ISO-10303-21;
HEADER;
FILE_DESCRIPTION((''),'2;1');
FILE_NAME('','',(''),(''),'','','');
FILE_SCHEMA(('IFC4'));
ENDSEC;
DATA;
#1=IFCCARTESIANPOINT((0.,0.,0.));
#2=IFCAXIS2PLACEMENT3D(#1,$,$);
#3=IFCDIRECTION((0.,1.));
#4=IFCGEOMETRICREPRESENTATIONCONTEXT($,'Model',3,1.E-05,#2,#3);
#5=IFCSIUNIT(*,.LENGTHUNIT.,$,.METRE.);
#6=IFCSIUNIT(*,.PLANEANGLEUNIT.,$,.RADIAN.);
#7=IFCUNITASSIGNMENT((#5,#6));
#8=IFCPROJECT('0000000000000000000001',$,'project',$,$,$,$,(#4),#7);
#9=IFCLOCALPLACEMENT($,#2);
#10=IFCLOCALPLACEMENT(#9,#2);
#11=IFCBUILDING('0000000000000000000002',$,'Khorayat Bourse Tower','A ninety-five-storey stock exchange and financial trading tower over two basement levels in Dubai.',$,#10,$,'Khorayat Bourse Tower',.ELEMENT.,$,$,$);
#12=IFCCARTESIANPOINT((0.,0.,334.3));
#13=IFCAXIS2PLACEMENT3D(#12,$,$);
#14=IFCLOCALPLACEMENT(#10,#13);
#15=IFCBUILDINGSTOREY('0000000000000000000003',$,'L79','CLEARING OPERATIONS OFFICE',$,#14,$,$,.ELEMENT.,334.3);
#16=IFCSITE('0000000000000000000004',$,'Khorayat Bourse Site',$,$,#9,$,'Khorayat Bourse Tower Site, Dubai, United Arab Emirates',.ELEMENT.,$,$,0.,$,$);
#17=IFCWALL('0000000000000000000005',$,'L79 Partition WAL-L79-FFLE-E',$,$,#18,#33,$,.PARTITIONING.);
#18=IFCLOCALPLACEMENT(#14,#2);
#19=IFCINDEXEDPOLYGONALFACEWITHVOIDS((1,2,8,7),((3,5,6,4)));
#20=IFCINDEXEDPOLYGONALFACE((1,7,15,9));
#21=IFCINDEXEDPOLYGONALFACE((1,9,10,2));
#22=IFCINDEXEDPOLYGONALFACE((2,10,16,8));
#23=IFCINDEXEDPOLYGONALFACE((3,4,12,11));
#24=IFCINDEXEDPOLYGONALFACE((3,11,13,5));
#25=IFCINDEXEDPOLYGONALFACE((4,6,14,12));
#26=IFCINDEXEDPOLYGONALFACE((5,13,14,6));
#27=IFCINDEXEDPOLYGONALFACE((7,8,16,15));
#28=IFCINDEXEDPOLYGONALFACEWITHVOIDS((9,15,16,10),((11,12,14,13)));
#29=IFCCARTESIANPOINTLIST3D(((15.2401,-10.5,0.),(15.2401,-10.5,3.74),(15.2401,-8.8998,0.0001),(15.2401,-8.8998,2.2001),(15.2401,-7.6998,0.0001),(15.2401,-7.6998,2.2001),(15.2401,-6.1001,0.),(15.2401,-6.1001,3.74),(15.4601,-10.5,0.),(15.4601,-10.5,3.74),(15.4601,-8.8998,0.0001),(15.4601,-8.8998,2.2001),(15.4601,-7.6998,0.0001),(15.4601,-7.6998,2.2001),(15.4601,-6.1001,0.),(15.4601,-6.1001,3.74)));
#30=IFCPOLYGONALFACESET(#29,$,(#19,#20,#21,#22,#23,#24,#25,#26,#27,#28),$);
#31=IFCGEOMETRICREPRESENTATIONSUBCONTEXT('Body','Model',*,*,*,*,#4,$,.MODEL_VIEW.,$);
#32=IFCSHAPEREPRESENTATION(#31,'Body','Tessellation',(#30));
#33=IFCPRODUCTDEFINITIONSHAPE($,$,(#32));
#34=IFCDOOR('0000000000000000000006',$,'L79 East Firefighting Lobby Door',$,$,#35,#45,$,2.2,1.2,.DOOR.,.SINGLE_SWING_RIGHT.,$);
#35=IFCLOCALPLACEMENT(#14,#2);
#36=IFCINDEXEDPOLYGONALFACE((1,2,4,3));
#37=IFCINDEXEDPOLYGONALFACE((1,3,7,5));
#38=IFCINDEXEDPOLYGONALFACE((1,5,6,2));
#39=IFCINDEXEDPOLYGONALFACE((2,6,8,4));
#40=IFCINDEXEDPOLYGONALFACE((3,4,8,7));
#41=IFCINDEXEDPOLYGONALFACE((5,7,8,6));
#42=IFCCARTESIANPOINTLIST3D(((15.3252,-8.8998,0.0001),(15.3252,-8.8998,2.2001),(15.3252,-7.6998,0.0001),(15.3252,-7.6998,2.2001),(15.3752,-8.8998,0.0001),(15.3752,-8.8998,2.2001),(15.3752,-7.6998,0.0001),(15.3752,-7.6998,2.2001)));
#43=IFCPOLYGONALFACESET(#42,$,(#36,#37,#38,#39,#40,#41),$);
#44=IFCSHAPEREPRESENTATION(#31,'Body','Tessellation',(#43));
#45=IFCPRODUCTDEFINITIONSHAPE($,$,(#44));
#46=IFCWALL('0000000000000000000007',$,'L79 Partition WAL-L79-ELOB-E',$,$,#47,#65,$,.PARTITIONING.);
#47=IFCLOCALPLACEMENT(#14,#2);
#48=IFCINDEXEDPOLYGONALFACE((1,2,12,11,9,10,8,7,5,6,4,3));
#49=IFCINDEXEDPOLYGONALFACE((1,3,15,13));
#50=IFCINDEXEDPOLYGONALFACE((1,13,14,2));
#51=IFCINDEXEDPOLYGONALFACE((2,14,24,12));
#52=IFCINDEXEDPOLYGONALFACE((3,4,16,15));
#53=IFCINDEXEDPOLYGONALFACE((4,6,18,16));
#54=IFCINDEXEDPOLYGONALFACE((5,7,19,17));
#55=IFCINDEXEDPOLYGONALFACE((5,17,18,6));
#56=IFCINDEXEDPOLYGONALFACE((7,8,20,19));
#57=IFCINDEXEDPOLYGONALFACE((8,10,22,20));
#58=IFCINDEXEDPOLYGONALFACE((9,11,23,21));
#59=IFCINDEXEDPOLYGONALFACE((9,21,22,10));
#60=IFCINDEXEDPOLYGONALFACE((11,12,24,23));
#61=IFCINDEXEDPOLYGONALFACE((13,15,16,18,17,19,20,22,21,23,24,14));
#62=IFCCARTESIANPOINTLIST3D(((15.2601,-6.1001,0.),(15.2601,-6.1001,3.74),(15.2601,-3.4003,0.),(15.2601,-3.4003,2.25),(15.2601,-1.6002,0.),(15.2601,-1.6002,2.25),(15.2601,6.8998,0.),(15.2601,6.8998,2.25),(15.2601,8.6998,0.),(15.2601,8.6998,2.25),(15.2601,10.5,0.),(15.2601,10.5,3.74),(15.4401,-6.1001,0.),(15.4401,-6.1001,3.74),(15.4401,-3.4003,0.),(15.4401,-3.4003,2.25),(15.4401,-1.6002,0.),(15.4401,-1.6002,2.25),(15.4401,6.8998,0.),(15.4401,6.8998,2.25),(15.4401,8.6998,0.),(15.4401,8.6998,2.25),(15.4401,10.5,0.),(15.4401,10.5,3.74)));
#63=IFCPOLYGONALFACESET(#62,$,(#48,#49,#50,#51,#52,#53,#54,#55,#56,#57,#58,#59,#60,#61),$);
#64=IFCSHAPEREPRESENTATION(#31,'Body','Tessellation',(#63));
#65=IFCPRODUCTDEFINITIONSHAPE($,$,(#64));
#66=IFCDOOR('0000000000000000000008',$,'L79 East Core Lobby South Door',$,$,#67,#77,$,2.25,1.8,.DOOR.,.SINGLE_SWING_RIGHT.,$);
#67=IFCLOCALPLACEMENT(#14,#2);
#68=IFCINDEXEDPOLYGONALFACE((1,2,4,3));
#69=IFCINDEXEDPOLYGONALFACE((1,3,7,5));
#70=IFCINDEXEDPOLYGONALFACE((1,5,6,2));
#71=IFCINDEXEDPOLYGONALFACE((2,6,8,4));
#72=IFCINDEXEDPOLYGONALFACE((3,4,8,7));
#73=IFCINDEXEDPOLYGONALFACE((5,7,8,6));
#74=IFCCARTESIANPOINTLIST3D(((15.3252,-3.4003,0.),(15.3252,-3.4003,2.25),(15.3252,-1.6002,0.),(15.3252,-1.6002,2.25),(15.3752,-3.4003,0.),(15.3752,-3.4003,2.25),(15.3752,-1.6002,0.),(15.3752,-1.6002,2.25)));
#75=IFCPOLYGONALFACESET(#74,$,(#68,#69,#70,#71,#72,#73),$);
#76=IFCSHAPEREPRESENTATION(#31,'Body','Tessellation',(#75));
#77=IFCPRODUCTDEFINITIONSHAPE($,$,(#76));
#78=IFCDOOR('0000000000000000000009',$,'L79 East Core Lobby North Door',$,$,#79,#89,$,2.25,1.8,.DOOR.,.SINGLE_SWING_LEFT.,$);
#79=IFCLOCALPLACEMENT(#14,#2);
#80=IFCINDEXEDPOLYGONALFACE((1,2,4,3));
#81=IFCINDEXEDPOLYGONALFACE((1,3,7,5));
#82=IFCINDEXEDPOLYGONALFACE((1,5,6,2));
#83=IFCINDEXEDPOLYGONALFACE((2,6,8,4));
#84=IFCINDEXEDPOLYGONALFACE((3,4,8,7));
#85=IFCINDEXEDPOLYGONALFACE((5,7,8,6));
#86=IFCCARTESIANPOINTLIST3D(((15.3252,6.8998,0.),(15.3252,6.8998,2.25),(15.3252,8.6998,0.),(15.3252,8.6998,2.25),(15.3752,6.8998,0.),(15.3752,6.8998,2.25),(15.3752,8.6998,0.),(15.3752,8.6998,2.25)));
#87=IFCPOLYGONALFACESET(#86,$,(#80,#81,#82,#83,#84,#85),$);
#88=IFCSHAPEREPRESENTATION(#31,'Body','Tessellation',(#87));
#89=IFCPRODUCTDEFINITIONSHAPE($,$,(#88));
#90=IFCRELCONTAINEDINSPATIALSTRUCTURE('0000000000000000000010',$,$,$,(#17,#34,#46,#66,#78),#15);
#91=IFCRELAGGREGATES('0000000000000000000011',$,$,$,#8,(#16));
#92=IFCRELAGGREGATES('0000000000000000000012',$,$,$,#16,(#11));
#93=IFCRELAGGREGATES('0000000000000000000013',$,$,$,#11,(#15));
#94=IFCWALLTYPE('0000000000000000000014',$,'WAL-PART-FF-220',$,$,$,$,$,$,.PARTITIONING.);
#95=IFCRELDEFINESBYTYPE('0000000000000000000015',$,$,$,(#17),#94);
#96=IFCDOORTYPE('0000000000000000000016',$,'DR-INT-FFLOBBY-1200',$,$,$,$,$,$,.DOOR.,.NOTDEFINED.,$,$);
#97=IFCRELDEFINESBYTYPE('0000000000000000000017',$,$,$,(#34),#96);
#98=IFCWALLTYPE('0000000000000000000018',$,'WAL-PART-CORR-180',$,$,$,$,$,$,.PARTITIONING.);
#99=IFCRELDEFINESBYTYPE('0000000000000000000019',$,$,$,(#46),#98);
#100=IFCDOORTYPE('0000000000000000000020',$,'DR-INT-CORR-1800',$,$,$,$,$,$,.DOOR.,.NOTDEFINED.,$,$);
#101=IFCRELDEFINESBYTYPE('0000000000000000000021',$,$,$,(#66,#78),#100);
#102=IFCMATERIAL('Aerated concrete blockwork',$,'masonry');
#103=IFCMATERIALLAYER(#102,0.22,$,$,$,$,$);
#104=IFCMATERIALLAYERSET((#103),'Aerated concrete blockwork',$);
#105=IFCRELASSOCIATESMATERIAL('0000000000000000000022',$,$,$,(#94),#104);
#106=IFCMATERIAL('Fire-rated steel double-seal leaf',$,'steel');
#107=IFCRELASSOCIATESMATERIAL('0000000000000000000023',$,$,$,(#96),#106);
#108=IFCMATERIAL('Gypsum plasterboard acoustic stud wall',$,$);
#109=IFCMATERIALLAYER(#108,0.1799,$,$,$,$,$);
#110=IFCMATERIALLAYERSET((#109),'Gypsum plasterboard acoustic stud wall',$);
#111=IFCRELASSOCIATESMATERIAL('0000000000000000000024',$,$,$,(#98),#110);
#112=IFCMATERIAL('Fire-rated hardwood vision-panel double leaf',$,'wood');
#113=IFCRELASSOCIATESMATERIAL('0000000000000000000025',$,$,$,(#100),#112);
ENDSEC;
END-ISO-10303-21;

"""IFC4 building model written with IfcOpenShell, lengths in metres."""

from ifc_helpers import new_model, si_unit, direction, frame, frame_2d, origin, place, context, subcontext, project, spatial, rectangle, extrude, source, transform, mapped, material, layer, layer_set, type_object, element, fill, save


model = new_model("IFC4")

# Units and contexts
model_context = context("Model", 3, precision=1e-05, world=origin(), true_north=direction((0.0, 1.0)))
body_context = subcontext(model_context, "Body", "Model", "MODEL_VIEW")
ifc_project = project(units=[si_unit("LENGTHUNIT", "METRE"), si_unit("PLANEANGLEUNIT", "RADIAN")], contexts=[model_context])

# Site, building, storey
site_placement = place(None, origin())
site = spatial("IfcSite", under=ifc_project, at=site_placement, Name="Khorayat Bourse Site", LongName="Khorayat Bourse Tower Site, Dubai, United Arab Emirates", CompositionType="ELEMENT", RefElevation=0.0)
building_placement = place(site_placement, origin())
building = spatial("IfcBuilding", under=site, at=building_placement, Name="Khorayat Bourse Tower", Description="A ninety-five-storey stock exchange and financial trading tower over two basement levels in Dubai.", LongName="Khorayat Bourse Tower", CompositionType="ELEMENT")
storey_placement = place(building_placement, frame((0.0, 0.0, 334.3)))
storey = spatial("IfcBuildingStorey", under=building, at=storey_placement, Name="L79", Description="CLEARING OPERATIONS OFFICE", CompositionType="ELEMENT", Elevation=334.3)

# Shared definitions
ifc_material_1 = material(Name="Aerated concrete blockwork", Category="masonry")
ifc_layer_1 = layer(ifc_material_1, 0.22)
ifc_layer_set_1 = layer_set([ifc_layer_1], Name="Aerated concrete blockwork")
wall_type_1 = type_object("IfcWallType", Name="WAL-PART-FF-220", PredefinedType="PARTITIONING", material=ifc_layer_set_1)

# Wall, opening, door
shared_shape_1 = source(origin(), body_context, "Body", "SweptSolid", [
    extrude(rectangle(XDim=4.3999, YDim=0.22, at=frame_2d((2.2, 0.0))), origin(), (0.0, 0.0, 1.0), 3.74),
])
wall_1_placement = place(storey_placement, frame((15.3501, -10.5, 0.0), z_axis=(0.0, 0.0, 1.0), x_axis=(0.0, 1.0, 0.0)))
wall_1 = element("IfcWall", 1, at=wall_1_placement, inside=storey, type_object=wall_type_1, Name="L79 Partition WAL-L79-FFLE-E", PredefinedType="PARTITIONING", context=body_context, shape_type="MappedRepresentation", body=[
    mapped(shared_shape_1, transform((0.0, 0.0, 0.0), scale=1.0)),
])
shared_shape_2 = source(origin(), body_context, "Body", "SweptSolid", [
    extrude(rectangle(XDim=1.2, YDim=2.2, at=frame_2d((0.6001, 1.1001))), frame((0.0, 0.1199, 0.0), z_axis=(0.0, -1.0, 0.0), x_axis=(1.0, 0.0, 0.0)), (0.0, 0.0, 1.0), 0.24),
])
opening_1_placement = place(wall_1_placement, frame((1.6001, 0.0, 0.0)))
opening_1 = element("IfcOpeningElement", 2, at=opening_1_placement, cuts=wall_1, PredefinedType="OPENING", context=body_context, shape_type="MappedRepresentation", body=[
    mapped(shared_shape_2, transform((0.0, 0.0, 0.0), scale=1.0)),
])
ifc_material_2 = material(Name="Fire-rated steel double-seal leaf", Category="steel")
door_type_1 = type_object("IfcDoorType", Name="DR-INT-FFLOBBY-1200", OperationType="NOTDEFINED", PredefinedType="DOOR", material=ifc_material_2)
shared_shape_3 = source(origin(), body_context, "Body", "SweptSolid", [
    extrude(rectangle(XDim=1.2, YDim=2.2, at=frame_2d((0.6001, 1.1001))), frame((0.0, 0.0249, 0.0), z_axis=(0.0, -1.0, 0.0), x_axis=(1.0, 0.0, 0.0)), (0.0, 0.0, 1.0), 0.05),
])
door_1_placement = place(opening_1_placement, origin())
door_1 = element("IfcDoor", 3, at=door_1_placement, inside=storey, type_object=door_type_1, Name="L79 East Firefighting Lobby Door", OperationType="SINGLE_SWING_RIGHT", OverallHeight=2.2, OverallWidth=1.2, PredefinedType="DOOR", context=body_context, shape_type="MappedRepresentation", body=[
    mapped(shared_shape_3, transform((0.0, 0.0, 0.0), scale=1.0)),
])
fill(opening_1, door_1)

# Wall, openings, doors
ifc_material_3 = material(Name="Gypsum plasterboard acoustic stud wall")
ifc_layer_2 = layer(ifc_material_3, 0.1799)
ifc_layer_set_2 = layer_set([ifc_layer_2], Name="Gypsum plasterboard acoustic stud wall")
wall_type_2 = type_object("IfcWallType", Name="WAL-PART-CORR-180", PredefinedType="PARTITIONING", material=ifc_layer_set_2)
shared_shape_4 = source(origin(), body_context, "Body", "SweptSolid", [
    extrude(rectangle(XDim=16.6001, YDim=0.1799, at=frame_2d((8.3, 0.0))), origin(), (0.0, 0.0, 1.0), 3.74),
])
wall_2_placement = place(storey_placement, frame((15.3501, -6.1001, 0.0), z_axis=(0.0, 0.0, 1.0), x_axis=(0.0, 1.0, 0.0)))
wall_2 = element("IfcWall", 4, at=wall_2_placement, inside=storey, type_object=wall_type_2, Name="L79 Partition WAL-L79-ELOB-E", PredefinedType="PARTITIONING", context=body_context, shape_type="MappedRepresentation", body=[
    mapped(shared_shape_4, transform((0.0, 0.0, 0.0), scale=1.0)),
])
shared_shape_5 = source(origin(), body_context, "Body", "SweptSolid", [
    extrude(rectangle(XDim=1.8, YDim=2.25, at=frame_2d((0.8999, 1.125))), frame((0.0, 0.0999, 0.0), z_axis=(0.0, -1.0, 0.0), x_axis=(1.0, 0.0, 0.0)), (0.0, 0.0, 1.0), 0.2),
])
opening_2_placement = place(wall_2_placement, frame((2.7, 0.0, 0.0)))
opening_2 = element("IfcOpeningElement", 5, at=opening_2_placement, cuts=wall_2, PredefinedType="OPENING", context=body_context, shape_type="MappedRepresentation", body=[
    mapped(shared_shape_5, transform((0.0, 0.0, 0.0), scale=1.0)),
])
opening_3_placement = place(wall_2_placement, frame((13.0, 0.0, 0.0)))
opening_3 = element("IfcOpeningElement", 6, at=opening_3_placement, cuts=wall_2, PredefinedType="OPENING", context=body_context, shape_type="MappedRepresentation", body=[
    mapped(shared_shape_5, transform((0.0, 0.0, 0.0), scale=1.0)),
])
ifc_material_4 = material(Name="Fire-rated hardwood vision-panel double leaf", Category="wood")
door_type_2 = type_object("IfcDoorType", Name="DR-INT-CORR-1800", OperationType="NOTDEFINED", PredefinedType="DOOR", material=ifc_material_4)
shared_shape_6 = source(origin(), body_context, "Body", "SweptSolid", [
    extrude(rectangle(XDim=1.8, YDim=2.25, at=frame_2d((0.8999, 1.125))), frame((0.0, 0.0249, 0.0), z_axis=(0.0, -1.0, 0.0), x_axis=(1.0, 0.0, 0.0)), (0.0, 0.0, 1.0), 0.05),
])
door_2_placement = place(opening_2_placement, origin())
door_2 = element("IfcDoor", 7, at=door_2_placement, inside=storey, type_object=door_type_2, Name="L79 East Core Lobby South Door", OperationType="SINGLE_SWING_RIGHT", OverallHeight=2.25, OverallWidth=1.8, PredefinedType="DOOR", context=body_context, shape_type="MappedRepresentation", body=[
    mapped(shared_shape_6, transform((0.0, 0.0, 0.0), scale=1.0)),
])
fill(opening_2, door_2)
door_3_placement = place(opening_3_placement, origin())
door_3 = element("IfcDoor", 8, at=door_3_placement, inside=storey, type_object=door_type_2, Name="L79 East Core Lobby North Door", OperationType="SINGLE_SWING_LEFT", OverallHeight=2.25, OverallWidth=1.8, PredefinedType="DOOR", context=body_context, shape_type="MappedRepresentation", body=[
    mapped(shared_shape_6, transform((0.0, 0.0, 0.0), scale=1.0)),
])
fill(opening_3, door_3)

save(model, "model.ifc")
